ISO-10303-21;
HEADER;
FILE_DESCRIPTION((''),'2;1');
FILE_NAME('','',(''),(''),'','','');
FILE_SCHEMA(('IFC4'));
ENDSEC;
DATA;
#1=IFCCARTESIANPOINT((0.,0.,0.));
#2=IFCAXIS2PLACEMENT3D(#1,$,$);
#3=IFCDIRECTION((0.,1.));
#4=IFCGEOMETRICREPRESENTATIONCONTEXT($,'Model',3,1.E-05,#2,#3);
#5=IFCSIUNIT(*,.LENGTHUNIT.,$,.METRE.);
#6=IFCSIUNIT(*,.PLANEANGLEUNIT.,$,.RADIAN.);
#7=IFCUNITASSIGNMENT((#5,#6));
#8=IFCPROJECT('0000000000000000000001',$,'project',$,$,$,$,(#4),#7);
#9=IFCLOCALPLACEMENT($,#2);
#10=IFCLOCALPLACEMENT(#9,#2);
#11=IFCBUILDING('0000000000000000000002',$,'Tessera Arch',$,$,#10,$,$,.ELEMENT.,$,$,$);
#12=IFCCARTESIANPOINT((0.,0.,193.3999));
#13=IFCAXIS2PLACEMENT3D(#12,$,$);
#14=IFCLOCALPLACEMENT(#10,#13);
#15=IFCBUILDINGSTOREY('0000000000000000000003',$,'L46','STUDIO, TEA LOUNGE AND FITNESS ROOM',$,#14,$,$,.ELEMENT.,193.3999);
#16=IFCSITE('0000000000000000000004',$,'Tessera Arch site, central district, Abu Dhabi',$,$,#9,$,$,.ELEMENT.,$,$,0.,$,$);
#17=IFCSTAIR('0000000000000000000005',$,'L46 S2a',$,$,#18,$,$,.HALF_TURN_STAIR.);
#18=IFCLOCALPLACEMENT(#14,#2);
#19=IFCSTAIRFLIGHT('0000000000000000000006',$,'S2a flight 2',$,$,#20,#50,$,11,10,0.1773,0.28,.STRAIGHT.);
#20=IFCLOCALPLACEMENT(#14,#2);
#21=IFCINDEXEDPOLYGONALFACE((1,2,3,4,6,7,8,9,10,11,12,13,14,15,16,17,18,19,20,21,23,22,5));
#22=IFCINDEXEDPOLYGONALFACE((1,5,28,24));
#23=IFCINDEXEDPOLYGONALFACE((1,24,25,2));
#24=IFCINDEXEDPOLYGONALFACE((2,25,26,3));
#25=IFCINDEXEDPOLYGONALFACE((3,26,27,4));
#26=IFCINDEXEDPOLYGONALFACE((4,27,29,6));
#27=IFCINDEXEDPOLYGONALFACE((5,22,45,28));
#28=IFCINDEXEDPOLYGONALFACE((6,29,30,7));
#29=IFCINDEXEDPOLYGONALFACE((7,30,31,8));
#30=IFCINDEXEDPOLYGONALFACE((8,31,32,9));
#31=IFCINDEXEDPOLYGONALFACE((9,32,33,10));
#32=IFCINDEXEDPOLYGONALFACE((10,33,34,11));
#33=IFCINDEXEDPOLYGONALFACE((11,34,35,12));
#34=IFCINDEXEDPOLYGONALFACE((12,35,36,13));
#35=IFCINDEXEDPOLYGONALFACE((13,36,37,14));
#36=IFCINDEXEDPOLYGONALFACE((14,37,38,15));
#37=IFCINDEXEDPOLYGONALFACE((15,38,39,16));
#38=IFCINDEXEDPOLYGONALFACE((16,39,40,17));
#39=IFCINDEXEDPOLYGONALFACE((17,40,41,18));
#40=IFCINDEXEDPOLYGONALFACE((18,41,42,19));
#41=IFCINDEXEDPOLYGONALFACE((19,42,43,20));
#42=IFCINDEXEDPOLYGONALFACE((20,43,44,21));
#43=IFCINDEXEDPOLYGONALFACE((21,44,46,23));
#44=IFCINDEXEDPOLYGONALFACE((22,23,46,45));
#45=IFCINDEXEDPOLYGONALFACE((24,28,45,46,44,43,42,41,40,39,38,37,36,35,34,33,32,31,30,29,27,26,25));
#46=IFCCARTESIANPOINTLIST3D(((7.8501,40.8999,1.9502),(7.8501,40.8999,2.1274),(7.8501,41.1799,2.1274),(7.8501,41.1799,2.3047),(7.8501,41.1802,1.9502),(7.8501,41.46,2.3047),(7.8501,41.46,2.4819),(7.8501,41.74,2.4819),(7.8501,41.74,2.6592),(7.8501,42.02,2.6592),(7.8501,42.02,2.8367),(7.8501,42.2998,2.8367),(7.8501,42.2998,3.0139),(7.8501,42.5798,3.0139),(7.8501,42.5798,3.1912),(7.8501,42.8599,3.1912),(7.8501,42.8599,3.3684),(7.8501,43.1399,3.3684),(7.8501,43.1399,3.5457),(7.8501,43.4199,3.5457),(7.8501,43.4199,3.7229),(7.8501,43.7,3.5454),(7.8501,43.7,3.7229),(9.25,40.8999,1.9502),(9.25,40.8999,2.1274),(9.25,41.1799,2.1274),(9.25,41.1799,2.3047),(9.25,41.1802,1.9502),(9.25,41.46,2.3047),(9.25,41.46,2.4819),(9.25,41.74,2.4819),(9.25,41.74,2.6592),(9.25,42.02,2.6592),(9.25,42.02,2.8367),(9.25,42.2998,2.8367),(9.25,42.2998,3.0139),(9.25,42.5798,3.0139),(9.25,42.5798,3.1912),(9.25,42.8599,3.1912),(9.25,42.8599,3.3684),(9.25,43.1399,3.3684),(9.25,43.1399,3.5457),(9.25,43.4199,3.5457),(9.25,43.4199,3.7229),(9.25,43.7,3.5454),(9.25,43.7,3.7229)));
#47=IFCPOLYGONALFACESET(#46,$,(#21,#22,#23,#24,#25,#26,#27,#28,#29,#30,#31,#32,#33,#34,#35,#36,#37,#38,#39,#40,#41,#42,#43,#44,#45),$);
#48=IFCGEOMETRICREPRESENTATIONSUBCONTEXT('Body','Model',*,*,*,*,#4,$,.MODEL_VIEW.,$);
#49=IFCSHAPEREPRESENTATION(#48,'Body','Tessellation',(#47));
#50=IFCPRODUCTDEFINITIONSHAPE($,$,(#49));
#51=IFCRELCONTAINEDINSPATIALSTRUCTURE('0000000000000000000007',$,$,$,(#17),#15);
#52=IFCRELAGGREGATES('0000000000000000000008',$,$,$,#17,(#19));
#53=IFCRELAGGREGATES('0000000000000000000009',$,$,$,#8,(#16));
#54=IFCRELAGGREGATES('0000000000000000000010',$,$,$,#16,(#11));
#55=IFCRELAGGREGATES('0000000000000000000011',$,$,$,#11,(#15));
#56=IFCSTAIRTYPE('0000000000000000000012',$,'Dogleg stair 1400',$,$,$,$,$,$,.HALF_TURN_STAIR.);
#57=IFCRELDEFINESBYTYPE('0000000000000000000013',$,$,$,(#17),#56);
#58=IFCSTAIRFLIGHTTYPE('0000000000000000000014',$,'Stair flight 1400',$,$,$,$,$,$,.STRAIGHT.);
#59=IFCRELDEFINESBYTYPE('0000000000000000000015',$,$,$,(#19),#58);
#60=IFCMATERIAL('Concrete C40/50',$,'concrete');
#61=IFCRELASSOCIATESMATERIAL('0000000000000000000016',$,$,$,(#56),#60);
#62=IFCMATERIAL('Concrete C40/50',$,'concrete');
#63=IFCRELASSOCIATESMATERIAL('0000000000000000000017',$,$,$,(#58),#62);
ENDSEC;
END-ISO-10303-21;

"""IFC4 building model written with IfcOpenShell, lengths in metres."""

from ifc_helpers import new_model, si_unit, direction, frame, origin, place, context, subcontext, project, spatial, polyline, outline, extrude, material, type_object, element, aggregate, save


model = new_model("IFC4")

# Units and contexts
model_context = context("Model", 3, precision=1e-05, world=origin(), true_north=direction((0.0, 1.0)))
body_context = subcontext(model_context, "Body", "Model", "MODEL_VIEW")
ifc_project = project(units=[si_unit("LENGTHUNIT", "METRE"), si_unit("PLANEANGLEUNIT", "RADIAN")], contexts=[model_context])

# Site, building, storey
site_placement = place(None, origin())
site = spatial("IfcSite", under=ifc_project, at=site_placement, Name="Tessera Arch site, central district, Abu Dhabi", CompositionType="ELEMENT", RefElevation=0.0)
building_placement = place(site_placement, origin())
building = spatial("IfcBuilding", under=site, at=building_placement, Name="Tessera Arch", CompositionType="ELEMENT")
storey_placement = place(building_placement, frame((0.0, 0.0, 193.3999)))
storey = spatial("IfcBuildingStorey", under=building, at=storey_placement, Name="L46", Description="STUDIO, TEA LOUNGE AND FITNESS ROOM", CompositionType="ELEMENT", Elevation=193.3999)

# Stair, stair flight
ifc_material_1 = material(Name="Concrete C40/50", Category="concrete")
stair_type = type_object("IfcStairType", Name="Dogleg stair 1400", PredefinedType="HALF_TURN_STAIR", material=ifc_material_1)
stair_placement = place(storey_placement, origin())
stair = element("IfcStair", 1, at=stair_placement, inside=storey, type_object=stair_type, Name="L46 S2a", PredefinedType="HALF_TURN_STAIR")
ifc_material_2 = material(Name="Concrete C40/50", Category="concrete")
stair_flight_type = type_object("IfcStairFlightType", Name="Stair flight 1400", PredefinedType="STRAIGHT", material=ifc_material_2)
stair_flight_1_placement = place(storey_placement, frame((8.55, 40.8999, 1.9502), z_axis=(0.0, 0.0, 1.0), x_axis=(0.0, 1.0, 0.0)))
stair_flight_1 = element("IfcStairFlight", 2, at=stair_flight_1_placement, type_object=stair_flight_type, Name="S2a flight 2", NumberOfRisers=11, NumberOfTreads=10, PredefinedType="STRAIGHT", RiserHeight=0.1773, TreadLength=0.28, context=body_context, shape_type="SweptSolid", body=[
    extrude(outline(polyline([(0.0, 0.0), (0.0, 0.1772), (0.28, 0.1772), (0.28, 0.3545), (0.5601, 0.3545), (0.5601, 0.5317), (0.8401, 0.5317), (0.8401, 0.709), (1.1201, 0.709), (1.1201, 0.8865), (1.3999, 0.8865), (1.3999, 1.0637), (1.6799, 1.0637), (1.6799, 1.241), (1.96, 1.241), (1.96, 1.4182), (2.24, 1.4182), (2.24, 1.5955), (2.52, 1.5955), (2.52, 1.7727), (2.8, 1.7727), (2.8, 1.95), (2.8, 1.5952), (0.2803, 0.0), (0.0, 0.0)])), frame((0.0, 0.7, 0.0), z_axis=(0.0, -1.0, 0.0), x_axis=(1.0, 0.0, 0.0)), (0.0, 0.0, 1.0), 1.3999),
])
aggregate(stair, [stair_flight_1])

save(model, "model.ifc")
